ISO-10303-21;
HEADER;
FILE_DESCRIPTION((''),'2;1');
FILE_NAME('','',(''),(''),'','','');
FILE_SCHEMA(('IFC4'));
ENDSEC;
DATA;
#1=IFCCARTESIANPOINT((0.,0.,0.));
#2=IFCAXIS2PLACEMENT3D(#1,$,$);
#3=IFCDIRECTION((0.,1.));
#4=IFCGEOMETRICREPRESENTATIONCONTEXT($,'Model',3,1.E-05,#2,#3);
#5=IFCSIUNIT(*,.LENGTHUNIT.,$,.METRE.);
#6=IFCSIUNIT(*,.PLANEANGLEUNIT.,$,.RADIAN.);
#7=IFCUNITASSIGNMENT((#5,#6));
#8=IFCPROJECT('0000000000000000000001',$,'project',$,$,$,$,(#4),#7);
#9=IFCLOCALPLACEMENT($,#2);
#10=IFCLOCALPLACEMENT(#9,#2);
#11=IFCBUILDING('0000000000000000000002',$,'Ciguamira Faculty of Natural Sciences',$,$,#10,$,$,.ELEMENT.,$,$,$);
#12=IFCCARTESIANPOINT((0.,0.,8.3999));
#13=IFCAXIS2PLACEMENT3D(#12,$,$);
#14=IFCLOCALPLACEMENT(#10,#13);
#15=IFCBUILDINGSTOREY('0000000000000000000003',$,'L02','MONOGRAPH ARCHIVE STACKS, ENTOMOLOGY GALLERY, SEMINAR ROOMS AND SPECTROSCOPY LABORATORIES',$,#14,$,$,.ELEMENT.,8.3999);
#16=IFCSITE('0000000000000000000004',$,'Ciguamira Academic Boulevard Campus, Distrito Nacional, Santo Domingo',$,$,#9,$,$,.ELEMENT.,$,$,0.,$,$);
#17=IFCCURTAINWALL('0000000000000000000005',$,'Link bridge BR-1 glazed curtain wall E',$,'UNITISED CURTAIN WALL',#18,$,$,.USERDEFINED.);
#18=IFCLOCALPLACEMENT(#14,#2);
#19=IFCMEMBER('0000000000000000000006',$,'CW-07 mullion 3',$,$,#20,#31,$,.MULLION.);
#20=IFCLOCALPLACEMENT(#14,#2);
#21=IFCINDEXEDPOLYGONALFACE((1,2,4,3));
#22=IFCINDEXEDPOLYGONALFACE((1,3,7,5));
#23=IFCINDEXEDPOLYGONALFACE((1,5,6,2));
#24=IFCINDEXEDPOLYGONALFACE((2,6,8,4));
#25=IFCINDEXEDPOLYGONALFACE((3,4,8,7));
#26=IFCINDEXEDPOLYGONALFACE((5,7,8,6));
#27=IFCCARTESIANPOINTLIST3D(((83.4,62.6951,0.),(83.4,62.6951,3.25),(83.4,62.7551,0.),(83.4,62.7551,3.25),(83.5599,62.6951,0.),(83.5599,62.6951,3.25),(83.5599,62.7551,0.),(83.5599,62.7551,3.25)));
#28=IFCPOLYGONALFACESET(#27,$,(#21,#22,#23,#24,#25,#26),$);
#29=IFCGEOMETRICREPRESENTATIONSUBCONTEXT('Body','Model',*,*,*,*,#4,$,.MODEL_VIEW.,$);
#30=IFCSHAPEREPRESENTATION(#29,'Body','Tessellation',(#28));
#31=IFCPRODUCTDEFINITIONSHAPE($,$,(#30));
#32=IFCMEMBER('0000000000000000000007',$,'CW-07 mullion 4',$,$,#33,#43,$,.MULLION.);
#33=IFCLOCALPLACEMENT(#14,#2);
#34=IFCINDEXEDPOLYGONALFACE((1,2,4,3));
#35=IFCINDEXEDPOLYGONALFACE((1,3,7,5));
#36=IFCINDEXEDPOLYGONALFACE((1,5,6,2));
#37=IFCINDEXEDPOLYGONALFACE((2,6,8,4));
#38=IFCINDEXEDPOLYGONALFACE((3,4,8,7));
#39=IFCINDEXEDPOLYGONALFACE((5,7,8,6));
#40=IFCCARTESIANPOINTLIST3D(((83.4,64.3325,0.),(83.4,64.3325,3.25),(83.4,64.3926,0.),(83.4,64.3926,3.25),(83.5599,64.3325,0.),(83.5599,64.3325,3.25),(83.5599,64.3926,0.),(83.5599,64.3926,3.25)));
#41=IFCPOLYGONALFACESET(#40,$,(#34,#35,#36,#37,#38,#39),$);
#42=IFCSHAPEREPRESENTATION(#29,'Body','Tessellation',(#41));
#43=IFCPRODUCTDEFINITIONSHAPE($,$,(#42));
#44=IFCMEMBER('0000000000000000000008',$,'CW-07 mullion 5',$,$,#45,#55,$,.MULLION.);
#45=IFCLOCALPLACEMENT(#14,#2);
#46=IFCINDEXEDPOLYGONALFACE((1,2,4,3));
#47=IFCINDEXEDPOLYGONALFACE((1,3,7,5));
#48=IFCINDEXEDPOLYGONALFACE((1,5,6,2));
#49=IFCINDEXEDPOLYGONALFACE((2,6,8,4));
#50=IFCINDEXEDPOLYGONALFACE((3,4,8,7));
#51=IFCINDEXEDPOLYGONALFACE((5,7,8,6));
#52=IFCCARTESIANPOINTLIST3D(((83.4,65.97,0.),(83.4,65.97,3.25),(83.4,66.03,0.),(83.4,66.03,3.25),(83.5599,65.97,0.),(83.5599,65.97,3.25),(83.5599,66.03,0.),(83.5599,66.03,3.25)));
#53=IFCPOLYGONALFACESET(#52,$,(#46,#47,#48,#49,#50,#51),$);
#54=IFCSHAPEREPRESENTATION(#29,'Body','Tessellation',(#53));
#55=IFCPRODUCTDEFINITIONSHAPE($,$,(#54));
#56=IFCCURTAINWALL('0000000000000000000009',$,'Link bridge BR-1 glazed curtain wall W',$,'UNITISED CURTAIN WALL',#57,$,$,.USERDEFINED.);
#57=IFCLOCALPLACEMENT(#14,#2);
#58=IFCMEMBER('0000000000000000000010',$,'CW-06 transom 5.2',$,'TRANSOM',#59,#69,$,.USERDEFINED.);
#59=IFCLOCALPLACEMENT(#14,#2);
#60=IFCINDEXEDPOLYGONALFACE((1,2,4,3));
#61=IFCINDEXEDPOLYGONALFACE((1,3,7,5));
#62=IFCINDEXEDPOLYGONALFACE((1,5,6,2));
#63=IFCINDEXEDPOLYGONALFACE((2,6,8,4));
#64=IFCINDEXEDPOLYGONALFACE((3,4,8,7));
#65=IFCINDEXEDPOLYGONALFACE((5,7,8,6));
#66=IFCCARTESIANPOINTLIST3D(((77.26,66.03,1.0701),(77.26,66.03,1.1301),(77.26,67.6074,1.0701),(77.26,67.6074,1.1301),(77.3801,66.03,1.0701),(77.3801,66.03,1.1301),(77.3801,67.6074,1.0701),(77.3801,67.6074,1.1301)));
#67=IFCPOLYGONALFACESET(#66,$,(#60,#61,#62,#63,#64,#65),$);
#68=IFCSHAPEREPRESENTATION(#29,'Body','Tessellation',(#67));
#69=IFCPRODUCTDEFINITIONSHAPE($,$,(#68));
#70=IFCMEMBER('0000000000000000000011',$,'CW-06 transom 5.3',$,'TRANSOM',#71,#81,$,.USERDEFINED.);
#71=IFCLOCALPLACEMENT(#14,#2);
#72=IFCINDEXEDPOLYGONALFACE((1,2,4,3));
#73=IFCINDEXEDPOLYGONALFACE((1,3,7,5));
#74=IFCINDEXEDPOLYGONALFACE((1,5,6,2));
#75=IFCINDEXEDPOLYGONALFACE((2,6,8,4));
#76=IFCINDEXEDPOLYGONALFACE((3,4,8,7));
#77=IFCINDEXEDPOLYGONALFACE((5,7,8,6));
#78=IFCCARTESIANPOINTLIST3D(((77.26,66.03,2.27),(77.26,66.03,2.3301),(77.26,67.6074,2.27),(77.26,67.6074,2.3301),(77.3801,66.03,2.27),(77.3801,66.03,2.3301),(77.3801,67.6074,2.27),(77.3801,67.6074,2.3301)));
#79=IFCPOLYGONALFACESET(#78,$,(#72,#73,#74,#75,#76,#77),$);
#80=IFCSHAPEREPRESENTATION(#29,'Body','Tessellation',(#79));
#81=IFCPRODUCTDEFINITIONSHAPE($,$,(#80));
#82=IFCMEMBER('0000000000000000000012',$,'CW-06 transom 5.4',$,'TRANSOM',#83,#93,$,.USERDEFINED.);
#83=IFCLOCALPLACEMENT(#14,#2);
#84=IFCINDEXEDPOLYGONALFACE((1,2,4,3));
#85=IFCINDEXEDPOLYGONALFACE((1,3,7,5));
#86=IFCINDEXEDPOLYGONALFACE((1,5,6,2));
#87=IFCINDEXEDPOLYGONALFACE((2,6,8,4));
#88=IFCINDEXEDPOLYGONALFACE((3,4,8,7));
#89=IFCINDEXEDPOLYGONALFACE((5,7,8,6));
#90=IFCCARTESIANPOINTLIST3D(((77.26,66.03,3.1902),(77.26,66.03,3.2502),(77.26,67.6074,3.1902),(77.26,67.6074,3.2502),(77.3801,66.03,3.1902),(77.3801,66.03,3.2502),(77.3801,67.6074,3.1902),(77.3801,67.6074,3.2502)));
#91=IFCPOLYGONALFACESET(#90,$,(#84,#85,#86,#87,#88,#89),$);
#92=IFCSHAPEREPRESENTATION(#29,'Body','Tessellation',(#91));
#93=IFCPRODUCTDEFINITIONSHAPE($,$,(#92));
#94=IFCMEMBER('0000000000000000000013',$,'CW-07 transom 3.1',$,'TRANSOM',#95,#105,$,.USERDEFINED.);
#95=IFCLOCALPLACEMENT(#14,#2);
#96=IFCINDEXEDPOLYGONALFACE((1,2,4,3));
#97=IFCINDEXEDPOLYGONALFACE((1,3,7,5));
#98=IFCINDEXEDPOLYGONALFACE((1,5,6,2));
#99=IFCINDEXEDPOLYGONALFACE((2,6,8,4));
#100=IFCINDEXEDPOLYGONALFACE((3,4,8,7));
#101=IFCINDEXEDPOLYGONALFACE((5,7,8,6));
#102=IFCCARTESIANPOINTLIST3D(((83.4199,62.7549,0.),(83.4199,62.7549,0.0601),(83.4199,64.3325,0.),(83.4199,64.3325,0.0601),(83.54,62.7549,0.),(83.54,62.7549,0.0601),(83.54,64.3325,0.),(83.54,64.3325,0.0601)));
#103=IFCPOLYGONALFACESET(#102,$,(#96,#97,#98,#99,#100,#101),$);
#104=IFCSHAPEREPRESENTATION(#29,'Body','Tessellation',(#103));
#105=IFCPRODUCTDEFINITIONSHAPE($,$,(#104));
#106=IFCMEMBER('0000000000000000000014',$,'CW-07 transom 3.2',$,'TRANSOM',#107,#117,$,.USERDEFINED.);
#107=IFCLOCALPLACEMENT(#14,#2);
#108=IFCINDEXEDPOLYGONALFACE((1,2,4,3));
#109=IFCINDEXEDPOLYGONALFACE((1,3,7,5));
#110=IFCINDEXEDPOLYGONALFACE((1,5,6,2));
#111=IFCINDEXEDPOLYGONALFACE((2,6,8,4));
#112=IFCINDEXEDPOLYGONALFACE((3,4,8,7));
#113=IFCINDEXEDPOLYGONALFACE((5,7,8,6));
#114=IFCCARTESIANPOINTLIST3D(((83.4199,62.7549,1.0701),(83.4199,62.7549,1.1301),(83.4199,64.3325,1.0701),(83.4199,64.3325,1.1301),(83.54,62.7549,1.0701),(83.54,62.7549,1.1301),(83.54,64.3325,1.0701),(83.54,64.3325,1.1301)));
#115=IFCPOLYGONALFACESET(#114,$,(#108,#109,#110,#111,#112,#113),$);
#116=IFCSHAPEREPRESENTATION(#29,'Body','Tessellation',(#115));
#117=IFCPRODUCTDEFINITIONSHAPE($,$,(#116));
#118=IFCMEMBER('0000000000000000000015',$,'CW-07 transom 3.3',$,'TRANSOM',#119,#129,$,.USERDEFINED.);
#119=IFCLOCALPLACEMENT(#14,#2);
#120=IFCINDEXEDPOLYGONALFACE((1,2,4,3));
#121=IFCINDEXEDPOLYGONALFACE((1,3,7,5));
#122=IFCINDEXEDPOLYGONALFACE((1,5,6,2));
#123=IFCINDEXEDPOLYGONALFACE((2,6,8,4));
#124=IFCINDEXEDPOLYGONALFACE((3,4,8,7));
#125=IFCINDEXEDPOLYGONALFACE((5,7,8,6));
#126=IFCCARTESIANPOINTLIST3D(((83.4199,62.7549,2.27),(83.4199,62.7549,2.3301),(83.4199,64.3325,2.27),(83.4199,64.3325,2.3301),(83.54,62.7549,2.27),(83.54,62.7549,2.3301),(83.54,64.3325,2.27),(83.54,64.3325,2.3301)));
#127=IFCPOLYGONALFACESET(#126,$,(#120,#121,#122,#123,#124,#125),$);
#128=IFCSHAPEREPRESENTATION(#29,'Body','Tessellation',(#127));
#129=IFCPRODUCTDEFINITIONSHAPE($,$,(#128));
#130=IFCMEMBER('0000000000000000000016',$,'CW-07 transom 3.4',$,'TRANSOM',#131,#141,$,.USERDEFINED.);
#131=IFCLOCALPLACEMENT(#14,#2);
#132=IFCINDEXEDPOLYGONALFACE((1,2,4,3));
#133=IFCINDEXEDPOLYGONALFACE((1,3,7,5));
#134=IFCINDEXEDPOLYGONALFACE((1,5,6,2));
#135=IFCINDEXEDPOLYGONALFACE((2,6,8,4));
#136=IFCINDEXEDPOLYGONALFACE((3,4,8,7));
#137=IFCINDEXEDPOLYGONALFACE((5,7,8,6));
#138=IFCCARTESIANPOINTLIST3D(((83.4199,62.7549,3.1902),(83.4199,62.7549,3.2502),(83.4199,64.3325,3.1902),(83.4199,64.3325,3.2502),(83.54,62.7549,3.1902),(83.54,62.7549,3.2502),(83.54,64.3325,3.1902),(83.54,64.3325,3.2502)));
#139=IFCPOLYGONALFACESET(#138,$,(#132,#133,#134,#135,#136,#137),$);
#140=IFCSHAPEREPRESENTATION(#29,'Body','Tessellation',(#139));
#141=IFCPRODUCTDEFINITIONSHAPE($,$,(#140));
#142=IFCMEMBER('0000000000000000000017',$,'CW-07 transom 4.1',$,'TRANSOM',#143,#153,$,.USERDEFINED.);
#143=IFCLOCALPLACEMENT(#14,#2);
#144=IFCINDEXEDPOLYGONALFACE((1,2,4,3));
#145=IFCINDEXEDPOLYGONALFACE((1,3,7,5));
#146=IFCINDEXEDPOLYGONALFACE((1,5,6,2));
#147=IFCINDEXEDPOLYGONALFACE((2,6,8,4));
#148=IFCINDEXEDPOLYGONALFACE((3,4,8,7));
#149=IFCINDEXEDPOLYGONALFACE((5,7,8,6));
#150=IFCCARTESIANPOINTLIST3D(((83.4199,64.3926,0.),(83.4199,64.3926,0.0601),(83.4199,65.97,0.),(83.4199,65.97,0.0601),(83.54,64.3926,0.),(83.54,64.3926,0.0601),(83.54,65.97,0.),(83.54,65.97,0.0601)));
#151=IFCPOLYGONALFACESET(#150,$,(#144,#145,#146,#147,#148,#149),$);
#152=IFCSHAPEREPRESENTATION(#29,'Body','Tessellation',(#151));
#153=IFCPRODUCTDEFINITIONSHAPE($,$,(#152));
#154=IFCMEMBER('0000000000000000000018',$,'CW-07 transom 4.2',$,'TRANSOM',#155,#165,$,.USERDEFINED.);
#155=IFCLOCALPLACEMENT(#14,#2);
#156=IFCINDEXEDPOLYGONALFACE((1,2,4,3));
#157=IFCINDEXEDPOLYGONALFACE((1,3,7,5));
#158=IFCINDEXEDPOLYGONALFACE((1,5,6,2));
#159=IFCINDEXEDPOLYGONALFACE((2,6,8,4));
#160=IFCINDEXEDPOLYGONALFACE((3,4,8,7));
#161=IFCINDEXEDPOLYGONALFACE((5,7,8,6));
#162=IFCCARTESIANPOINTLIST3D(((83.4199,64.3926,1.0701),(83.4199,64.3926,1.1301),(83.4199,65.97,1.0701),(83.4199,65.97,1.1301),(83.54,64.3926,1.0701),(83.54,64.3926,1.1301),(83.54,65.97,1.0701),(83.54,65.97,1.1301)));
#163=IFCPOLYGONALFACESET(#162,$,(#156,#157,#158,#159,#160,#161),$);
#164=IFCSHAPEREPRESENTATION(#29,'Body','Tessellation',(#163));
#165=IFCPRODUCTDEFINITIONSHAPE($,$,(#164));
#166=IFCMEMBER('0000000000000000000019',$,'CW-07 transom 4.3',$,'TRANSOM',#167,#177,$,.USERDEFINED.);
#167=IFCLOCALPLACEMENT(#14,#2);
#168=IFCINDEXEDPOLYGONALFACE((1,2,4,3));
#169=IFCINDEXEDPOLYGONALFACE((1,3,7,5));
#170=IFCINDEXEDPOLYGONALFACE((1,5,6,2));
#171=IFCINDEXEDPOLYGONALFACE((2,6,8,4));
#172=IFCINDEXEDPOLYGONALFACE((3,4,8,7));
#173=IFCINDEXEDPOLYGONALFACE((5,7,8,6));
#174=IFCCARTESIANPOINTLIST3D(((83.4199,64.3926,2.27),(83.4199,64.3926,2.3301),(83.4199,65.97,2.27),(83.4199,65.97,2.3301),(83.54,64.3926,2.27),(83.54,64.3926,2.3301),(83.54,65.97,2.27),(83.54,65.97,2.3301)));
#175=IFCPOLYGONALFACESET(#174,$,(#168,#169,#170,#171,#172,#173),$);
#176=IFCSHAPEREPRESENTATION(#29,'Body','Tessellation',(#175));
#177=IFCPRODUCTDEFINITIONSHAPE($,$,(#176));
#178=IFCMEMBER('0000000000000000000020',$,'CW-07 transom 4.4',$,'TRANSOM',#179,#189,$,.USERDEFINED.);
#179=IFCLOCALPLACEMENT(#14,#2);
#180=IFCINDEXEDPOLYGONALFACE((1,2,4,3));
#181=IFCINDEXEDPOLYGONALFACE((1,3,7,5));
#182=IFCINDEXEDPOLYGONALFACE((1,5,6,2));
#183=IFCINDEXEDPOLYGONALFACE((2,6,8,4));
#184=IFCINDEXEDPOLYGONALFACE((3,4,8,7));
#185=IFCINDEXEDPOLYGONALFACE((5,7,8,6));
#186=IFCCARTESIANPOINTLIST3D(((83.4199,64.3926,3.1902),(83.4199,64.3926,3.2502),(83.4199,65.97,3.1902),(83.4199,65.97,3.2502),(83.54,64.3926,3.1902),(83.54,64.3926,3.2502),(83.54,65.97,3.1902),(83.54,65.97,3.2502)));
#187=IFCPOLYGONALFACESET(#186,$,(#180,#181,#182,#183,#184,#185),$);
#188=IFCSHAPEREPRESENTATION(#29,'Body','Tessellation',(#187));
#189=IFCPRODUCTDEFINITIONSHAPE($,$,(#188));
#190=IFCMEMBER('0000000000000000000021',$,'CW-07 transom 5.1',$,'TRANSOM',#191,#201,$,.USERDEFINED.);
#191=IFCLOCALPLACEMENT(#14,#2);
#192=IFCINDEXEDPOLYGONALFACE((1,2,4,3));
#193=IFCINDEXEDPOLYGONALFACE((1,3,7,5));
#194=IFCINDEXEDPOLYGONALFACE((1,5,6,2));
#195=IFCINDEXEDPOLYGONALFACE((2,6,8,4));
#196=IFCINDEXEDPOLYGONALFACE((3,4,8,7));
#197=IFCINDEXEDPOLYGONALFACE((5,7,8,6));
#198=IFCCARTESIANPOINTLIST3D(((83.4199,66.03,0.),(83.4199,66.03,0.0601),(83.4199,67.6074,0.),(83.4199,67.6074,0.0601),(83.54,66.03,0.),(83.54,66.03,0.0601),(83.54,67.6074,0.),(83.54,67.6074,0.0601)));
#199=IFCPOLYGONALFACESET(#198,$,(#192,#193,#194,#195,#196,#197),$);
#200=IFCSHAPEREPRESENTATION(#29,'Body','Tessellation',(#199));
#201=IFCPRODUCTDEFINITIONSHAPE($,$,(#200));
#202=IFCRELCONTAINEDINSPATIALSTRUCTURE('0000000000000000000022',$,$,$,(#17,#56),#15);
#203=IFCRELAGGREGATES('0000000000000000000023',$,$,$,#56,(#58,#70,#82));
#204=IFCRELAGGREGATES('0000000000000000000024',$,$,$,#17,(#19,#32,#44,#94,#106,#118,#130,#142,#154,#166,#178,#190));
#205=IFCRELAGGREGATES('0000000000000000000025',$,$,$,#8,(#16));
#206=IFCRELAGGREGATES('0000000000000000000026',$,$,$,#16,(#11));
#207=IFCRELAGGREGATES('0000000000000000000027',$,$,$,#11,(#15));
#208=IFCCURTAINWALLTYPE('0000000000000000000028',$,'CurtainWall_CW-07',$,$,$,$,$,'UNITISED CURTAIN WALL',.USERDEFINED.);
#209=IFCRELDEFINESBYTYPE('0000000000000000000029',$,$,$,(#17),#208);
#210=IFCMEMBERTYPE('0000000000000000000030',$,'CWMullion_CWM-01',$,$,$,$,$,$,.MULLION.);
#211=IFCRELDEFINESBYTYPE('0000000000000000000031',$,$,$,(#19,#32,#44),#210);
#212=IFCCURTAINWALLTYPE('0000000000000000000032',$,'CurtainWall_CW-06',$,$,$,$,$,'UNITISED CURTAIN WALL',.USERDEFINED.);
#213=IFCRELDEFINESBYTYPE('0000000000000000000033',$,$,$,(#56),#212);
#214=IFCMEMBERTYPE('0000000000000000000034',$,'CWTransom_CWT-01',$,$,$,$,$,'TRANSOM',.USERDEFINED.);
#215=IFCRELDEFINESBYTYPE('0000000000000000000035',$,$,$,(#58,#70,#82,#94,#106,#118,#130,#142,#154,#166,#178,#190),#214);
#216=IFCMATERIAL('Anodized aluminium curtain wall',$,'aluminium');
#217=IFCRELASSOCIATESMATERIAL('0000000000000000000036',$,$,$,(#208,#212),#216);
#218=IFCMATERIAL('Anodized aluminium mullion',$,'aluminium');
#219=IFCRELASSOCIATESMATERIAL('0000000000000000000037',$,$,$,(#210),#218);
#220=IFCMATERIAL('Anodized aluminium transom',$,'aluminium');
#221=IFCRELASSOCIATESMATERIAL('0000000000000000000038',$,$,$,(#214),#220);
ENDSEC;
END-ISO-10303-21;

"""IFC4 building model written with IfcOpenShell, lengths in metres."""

from ifc_helpers import new_model, si_unit, direction, frame, origin, origin_2d, place, context, subcontext, project, spatial, rectangle, extrude, material, material_profile, profile_set, type_object, element, aggregate, save


model = new_model("IFC4")

# Units and contexts
model_context = context("Model", 3, precision=1e-05, world=origin(), true_north=direction((0.0, 1.0)))
body_context = subcontext(model_context, "Body", "Model", "MODEL_VIEW")
ifc_project = project(units=[si_unit("LENGTHUNIT", "METRE"), si_unit("PLANEANGLEUNIT", "RADIAN")], contexts=[model_context])

# Site, building, storey
site_placement = place(None, origin())
site = spatial("IfcSite", under=ifc_project, at=site_placement, Name="Ciguamira Academic Boulevard Campus, Distrito Nacional, Santo Domingo", CompositionType="ELEMENT", RefElevation=0.0)
building_placement = place(site_placement, origin())
building = spatial("IfcBuilding", under=site, at=building_placement, Name="Ciguamira Faculty of Natural Sciences", CompositionType="ELEMENT")
storey_placement = place(building_placement, frame((0.0, 0.0, 8.3999)))
storey = spatial("IfcBuildingStorey", under=building, at=storey_placement, Name="L02", Description="MONOGRAPH ARCHIVE STACKS, ENTOMOLOGY GALLERY, SEMINAR ROOMS AND SPECTROSCOPY LABORATORIES", CompositionType="ELEMENT", Elevation=8.3999)

# Curtain walls, members
ifc_material_1 = material(Name="Anodized aluminium curtain wall", Category="aluminium")
curtain_wall_type_1 = type_object("IfcCurtainWallType", Name="CurtainWall_CW-07", ElementType="UNITISED CURTAIN WALL", PredefinedType="USERDEFINED", material=ifc_material_1)
curtain_wall_1_placement = place(storey_placement, origin())
curtain_wall_1 = element("IfcCurtainWall", 1, at=curtain_wall_1_placement, inside=storey, type_object=curtain_wall_type_1, Name="Link bridge BR-1 glazed curtain wall E", ObjectType="UNITISED CURTAIN WALL", PredefinedType="USERDEFINED")
ifc_material_2 = material(Name="Anodized aluminium mullion", Category="aluminium")
ifc_material_profile_1 = material_profile(ifc_material_2, rectangle(XDim=0.0601, YDim=0.1599, at=origin_2d()), Name="ALU-MUL-60X160")
ifc_profile_set_1 = profile_set([ifc_material_profile_1], Name="Anodized aluminium mullion")
member_type_1 = type_object("IfcMemberType", Name="CWMullion_CWM-01", PredefinedType="MULLION", material=ifc_profile_set_1)
member_1_placement = place(storey_placement, frame((83.48, 62.7251, 0.0), z_axis=(0.0, 0.0, 1.0), x_axis=(0.0, 1.0, 0.0)))
member_1 = element("IfcMember", 2, at=member_1_placement, type_object=member_type_1, Name="CW-07 mullion 3", PredefinedType="MULLION", context=body_context, shape_type="SweptSolid", body=[
    extrude(rectangle(XDim=0.0601, YDim=0.1599, at=origin_2d()), origin(), (0.0, 0.0, 1.0), 3.25),
])
member_2_placement = place(storey_placement, frame((83.48, 64.3625, 0.0), z_axis=(0.0, 0.0, 1.0), x_axis=(0.0, 1.0, 0.0)))
member_2 = element("IfcMember", 3, at=member_2_placement, type_object=member_type_1, Name="CW-07 mullion 4", PredefinedType="MULLION", context=body_context, shape_type="SweptSolid", body=[
    extrude(rectangle(XDim=0.0601, YDim=0.1599, at=origin_2d()), origin(), (0.0, 0.0, 1.0), 3.25),
])
member_3_placement = place(storey_placement, frame((83.48, 66.0, 0.0), z_axis=(0.0, 0.0, 1.0), x_axis=(0.0, 1.0, 0.0)))
member_3 = element("IfcMember", 4, at=member_3_placement, type_object=member_type_1, Name="CW-07 mullion 5", PredefinedType="MULLION", context=body_context, shape_type="SweptSolid", body=[
    extrude(rectangle(XDim=0.0601, YDim=0.1599, at=origin_2d()), origin(), (0.0, 0.0, 1.0), 3.25),
])
curtain_wall_type_2 = type_object("IfcCurtainWallType", Name="CurtainWall_CW-06", ElementType="UNITISED CURTAIN WALL", PredefinedType="USERDEFINED", material=ifc_material_1)
curtain_wall_2_placement = place(storey_placement, origin())
curtain_wall_2 = element("IfcCurtainWall", 5, at=curtain_wall_2_placement, inside=storey, type_object=curtain_wall_type_2, Name="Link bridge BR-1 glazed curtain wall W", ObjectType="UNITISED CURTAIN WALL", PredefinedType="USERDEFINED")
ifc_material_3 = material(Name="Anodized aluminium transom", Category="aluminium")
ifc_material_profile_2 = material_profile(ifc_material_3, rectangle(XDim=0.0601, YDim=0.1201, at=origin_2d()), Name="ALU-TRN-60X120")
ifc_profile_set_2 = profile_set([ifc_material_profile_2], Name="Anodized aluminium transom")
member_type_2 = type_object("IfcMemberType", Name="CWTransom_CWT-01", ElementType="TRANSOM", PredefinedType="USERDEFINED", material=ifc_profile_set_2)
member_4_placement = place(storey_placement, frame((77.3201, 66.03, 1.1001), z_axis=(0.0, 1.0, 0.0), x_axis=(0.0, 0.0, 1.0)))
member_4 = element("IfcMember", 6, at=member_4_placement, type_object=member_type_2, Name="CW-06 transom 5.2", ObjectType="TRANSOM", PredefinedType="USERDEFINED", context=body_context, shape_type="SweptSolid", body=[
    extrude(rectangle(XDim=0.0601, YDim=0.1201, at=origin_2d()), origin(), (0.0, 0.0, 1.0), 1.5774),
])
member_5_placement = place(storey_placement, frame((77.3201, 66.03, 2.3), z_axis=(0.0, 1.0, 0.0), x_axis=(0.0, 0.0, 1.0)))
member_5 = element("IfcMember", 7, at=member_5_placement, type_object=member_type_2, Name="CW-06 transom 5.3", ObjectType="TRANSOM", PredefinedType="USERDEFINED", context=body_context, shape_type="SweptSolid", body=[
    extrude(rectangle(XDim=0.0601, YDim=0.1201, at=origin_2d()), origin(), (0.0, 0.0, 1.0), 1.5774),
])
member_6_placement = place(storey_placement, frame((77.3201, 66.03, 3.2202), z_axis=(0.0, 1.0, 0.0), x_axis=(0.0, 0.0, 1.0)))
member_6 = element("IfcMember", 8, at=member_6_placement, type_object=member_type_2, Name="CW-06 transom 5.4", ObjectType="TRANSOM", PredefinedType="USERDEFINED", context=body_context, shape_type="SweptSolid", body=[
    extrude(rectangle(XDim=0.0601, YDim=0.1201, at=origin_2d()), origin(), (0.0, 0.0, 1.0), 1.5774),
])
aggregate(curtain_wall_2, [member_4, member_5, member_6])

# Members
member_7_placement = place(storey_placement, frame((83.48, 62.7549, 0.03), z_axis=(0.0, 1.0, 0.0), x_axis=(0.0, 0.0, 1.0)))
member_7 = element("IfcMember", 9, at=member_7_placement, type_object=member_type_2, Name="CW-07 transom 3.1", ObjectType="TRANSOM", PredefinedType="USERDEFINED", context=body_context, shape_type="SweptSolid", body=[
    extrude(rectangle(XDim=0.0601, YDim=0.1201, at=origin_2d()), origin(), (0.0, 0.0, 1.0), 1.5776),
])
member_8_placement = place(storey_placement, frame((83.48, 62.7549, 1.1001), z_axis=(0.0, 1.0, 0.0), x_axis=(0.0, 0.0, 1.0)))
member_8 = element("IfcMember", 10, at=member_8_placement, type_object=member_type_2, Name="CW-07 transom 3.2", ObjectType="TRANSOM", PredefinedType="USERDEFINED", context=body_context, shape_type="SweptSolid", body=[
    extrude(rectangle(XDim=0.0601, YDim=0.1201, at=origin_2d()), origin(), (0.0, 0.0, 1.0), 1.5776),
])
member_9_placement = place(storey_placement, frame((83.48, 62.7549, 2.3), z_axis=(0.0, 1.0, 0.0), x_axis=(0.0, 0.0, 1.0)))
member_9 = element("IfcMember", 11, at=member_9_placement, type_object=member_type_2, Name="CW-07 transom 3.3", ObjectType="TRANSOM", PredefinedType="USERDEFINED", context=body_context, shape_type="SweptSolid", body=[
    extrude(rectangle(XDim=0.0601, YDim=0.1201, at=origin_2d()), origin(), (0.0, 0.0, 1.0), 1.5776),
])
member_10_placement = place(storey_placement, frame((83.48, 62.7549, 3.2202), z_axis=(0.0, 1.0, 0.0), x_axis=(0.0, 0.0, 1.0)))
member_10 = element("IfcMember", 12, at=member_10_placement, type_object=member_type_2, Name="CW-07 transom 3.4", ObjectType="TRANSOM", PredefinedType="USERDEFINED", context=body_context, shape_type="SweptSolid", body=[
    extrude(rectangle(XDim=0.0601, YDim=0.1201, at=origin_2d()), origin(), (0.0, 0.0, 1.0), 1.5776),
])
member_11_placement = place(storey_placement, frame((83.48, 64.3926, 0.03), z_axis=(0.0, 1.0, 0.0), x_axis=(0.0, 0.0, 1.0)))
member_11 = element("IfcMember", 13, at=member_11_placement, type_object=member_type_2, Name="CW-07 transom 4.1", ObjectType="TRANSOM", PredefinedType="USERDEFINED", context=body_context, shape_type="SweptSolid", body=[
    extrude(rectangle(XDim=0.0601, YDim=0.1201, at=origin_2d()), origin(), (0.0, 0.0, 1.0), 1.5774),
])
member_12_placement = place(storey_placement, frame((83.48, 64.3926, 1.1001), z_axis=(0.0, 1.0, 0.0), x_axis=(0.0, 0.0, 1.0)))
member_12 = element("IfcMember", 14, at=member_12_placement, type_object=member_type_2, Name="CW-07 transom 4.2", ObjectType="TRANSOM", PredefinedType="USERDEFINED", context=body_context, shape_type="SweptSolid", body=[
    extrude(rectangle(XDim=0.0601, YDim=0.1201, at=origin_2d()), origin(), (0.0, 0.0, 1.0), 1.5774),
])
member_13_placement = place(storey_placement, frame((83.48, 64.3926, 2.3), z_axis=(0.0, 1.0, 0.0), x_axis=(0.0, 0.0, 1.0)))
member_13 = element("IfcMember", 15, at=member_13_placement, type_object=member_type_2, Name="CW-07 transom 4.3", ObjectType="TRANSOM", PredefinedType="USERDEFINED", context=body_context, shape_type="SweptSolid", body=[
    extrude(rectangle(XDim=0.0601, YDim=0.1201, at=origin_2d()), origin(), (0.0, 0.0, 1.0), 1.5774),
])
member_14_placement = place(storey_placement, frame((83.48, 64.3926, 3.2202), z_axis=(0.0, 1.0, 0.0), x_axis=(0.0, 0.0, 1.0)))
member_14 = element("IfcMember", 16, at=member_14_placement, type_object=member_type_2, Name="CW-07 transom 4.4", ObjectType="TRANSOM", PredefinedType="USERDEFINED", context=body_context, shape_type="SweptSolid", body=[
    extrude(rectangle(XDim=0.0601, YDim=0.1201, at=origin_2d()), origin(), (0.0, 0.0, 1.0), 1.5774),
])
member_15_placement = place(storey_placement, frame((83.48, 66.03, 0.03), z_axis=(0.0, 1.0, 0.0), x_axis=(0.0, 0.0, 1.0)))
member_15 = element("IfcMember", 17, at=member_15_placement, type_object=member_type_2, Name="CW-07 transom 5.1", ObjectType="TRANSOM", PredefinedType="USERDEFINED", context=body_context, shape_type="SweptSolid", body=[
    extrude(rectangle(XDim=0.0601, YDim=0.1201, at=origin_2d()), origin(), (0.0, 0.0, 1.0), 1.5774),
])

aggregate(curtain_wall_1, [member_1, member_2, member_3, member_7, member_8, member_9, member_10, member_11, member_12, member_13, member_14, member_15])

save(model, "model.ifc")
